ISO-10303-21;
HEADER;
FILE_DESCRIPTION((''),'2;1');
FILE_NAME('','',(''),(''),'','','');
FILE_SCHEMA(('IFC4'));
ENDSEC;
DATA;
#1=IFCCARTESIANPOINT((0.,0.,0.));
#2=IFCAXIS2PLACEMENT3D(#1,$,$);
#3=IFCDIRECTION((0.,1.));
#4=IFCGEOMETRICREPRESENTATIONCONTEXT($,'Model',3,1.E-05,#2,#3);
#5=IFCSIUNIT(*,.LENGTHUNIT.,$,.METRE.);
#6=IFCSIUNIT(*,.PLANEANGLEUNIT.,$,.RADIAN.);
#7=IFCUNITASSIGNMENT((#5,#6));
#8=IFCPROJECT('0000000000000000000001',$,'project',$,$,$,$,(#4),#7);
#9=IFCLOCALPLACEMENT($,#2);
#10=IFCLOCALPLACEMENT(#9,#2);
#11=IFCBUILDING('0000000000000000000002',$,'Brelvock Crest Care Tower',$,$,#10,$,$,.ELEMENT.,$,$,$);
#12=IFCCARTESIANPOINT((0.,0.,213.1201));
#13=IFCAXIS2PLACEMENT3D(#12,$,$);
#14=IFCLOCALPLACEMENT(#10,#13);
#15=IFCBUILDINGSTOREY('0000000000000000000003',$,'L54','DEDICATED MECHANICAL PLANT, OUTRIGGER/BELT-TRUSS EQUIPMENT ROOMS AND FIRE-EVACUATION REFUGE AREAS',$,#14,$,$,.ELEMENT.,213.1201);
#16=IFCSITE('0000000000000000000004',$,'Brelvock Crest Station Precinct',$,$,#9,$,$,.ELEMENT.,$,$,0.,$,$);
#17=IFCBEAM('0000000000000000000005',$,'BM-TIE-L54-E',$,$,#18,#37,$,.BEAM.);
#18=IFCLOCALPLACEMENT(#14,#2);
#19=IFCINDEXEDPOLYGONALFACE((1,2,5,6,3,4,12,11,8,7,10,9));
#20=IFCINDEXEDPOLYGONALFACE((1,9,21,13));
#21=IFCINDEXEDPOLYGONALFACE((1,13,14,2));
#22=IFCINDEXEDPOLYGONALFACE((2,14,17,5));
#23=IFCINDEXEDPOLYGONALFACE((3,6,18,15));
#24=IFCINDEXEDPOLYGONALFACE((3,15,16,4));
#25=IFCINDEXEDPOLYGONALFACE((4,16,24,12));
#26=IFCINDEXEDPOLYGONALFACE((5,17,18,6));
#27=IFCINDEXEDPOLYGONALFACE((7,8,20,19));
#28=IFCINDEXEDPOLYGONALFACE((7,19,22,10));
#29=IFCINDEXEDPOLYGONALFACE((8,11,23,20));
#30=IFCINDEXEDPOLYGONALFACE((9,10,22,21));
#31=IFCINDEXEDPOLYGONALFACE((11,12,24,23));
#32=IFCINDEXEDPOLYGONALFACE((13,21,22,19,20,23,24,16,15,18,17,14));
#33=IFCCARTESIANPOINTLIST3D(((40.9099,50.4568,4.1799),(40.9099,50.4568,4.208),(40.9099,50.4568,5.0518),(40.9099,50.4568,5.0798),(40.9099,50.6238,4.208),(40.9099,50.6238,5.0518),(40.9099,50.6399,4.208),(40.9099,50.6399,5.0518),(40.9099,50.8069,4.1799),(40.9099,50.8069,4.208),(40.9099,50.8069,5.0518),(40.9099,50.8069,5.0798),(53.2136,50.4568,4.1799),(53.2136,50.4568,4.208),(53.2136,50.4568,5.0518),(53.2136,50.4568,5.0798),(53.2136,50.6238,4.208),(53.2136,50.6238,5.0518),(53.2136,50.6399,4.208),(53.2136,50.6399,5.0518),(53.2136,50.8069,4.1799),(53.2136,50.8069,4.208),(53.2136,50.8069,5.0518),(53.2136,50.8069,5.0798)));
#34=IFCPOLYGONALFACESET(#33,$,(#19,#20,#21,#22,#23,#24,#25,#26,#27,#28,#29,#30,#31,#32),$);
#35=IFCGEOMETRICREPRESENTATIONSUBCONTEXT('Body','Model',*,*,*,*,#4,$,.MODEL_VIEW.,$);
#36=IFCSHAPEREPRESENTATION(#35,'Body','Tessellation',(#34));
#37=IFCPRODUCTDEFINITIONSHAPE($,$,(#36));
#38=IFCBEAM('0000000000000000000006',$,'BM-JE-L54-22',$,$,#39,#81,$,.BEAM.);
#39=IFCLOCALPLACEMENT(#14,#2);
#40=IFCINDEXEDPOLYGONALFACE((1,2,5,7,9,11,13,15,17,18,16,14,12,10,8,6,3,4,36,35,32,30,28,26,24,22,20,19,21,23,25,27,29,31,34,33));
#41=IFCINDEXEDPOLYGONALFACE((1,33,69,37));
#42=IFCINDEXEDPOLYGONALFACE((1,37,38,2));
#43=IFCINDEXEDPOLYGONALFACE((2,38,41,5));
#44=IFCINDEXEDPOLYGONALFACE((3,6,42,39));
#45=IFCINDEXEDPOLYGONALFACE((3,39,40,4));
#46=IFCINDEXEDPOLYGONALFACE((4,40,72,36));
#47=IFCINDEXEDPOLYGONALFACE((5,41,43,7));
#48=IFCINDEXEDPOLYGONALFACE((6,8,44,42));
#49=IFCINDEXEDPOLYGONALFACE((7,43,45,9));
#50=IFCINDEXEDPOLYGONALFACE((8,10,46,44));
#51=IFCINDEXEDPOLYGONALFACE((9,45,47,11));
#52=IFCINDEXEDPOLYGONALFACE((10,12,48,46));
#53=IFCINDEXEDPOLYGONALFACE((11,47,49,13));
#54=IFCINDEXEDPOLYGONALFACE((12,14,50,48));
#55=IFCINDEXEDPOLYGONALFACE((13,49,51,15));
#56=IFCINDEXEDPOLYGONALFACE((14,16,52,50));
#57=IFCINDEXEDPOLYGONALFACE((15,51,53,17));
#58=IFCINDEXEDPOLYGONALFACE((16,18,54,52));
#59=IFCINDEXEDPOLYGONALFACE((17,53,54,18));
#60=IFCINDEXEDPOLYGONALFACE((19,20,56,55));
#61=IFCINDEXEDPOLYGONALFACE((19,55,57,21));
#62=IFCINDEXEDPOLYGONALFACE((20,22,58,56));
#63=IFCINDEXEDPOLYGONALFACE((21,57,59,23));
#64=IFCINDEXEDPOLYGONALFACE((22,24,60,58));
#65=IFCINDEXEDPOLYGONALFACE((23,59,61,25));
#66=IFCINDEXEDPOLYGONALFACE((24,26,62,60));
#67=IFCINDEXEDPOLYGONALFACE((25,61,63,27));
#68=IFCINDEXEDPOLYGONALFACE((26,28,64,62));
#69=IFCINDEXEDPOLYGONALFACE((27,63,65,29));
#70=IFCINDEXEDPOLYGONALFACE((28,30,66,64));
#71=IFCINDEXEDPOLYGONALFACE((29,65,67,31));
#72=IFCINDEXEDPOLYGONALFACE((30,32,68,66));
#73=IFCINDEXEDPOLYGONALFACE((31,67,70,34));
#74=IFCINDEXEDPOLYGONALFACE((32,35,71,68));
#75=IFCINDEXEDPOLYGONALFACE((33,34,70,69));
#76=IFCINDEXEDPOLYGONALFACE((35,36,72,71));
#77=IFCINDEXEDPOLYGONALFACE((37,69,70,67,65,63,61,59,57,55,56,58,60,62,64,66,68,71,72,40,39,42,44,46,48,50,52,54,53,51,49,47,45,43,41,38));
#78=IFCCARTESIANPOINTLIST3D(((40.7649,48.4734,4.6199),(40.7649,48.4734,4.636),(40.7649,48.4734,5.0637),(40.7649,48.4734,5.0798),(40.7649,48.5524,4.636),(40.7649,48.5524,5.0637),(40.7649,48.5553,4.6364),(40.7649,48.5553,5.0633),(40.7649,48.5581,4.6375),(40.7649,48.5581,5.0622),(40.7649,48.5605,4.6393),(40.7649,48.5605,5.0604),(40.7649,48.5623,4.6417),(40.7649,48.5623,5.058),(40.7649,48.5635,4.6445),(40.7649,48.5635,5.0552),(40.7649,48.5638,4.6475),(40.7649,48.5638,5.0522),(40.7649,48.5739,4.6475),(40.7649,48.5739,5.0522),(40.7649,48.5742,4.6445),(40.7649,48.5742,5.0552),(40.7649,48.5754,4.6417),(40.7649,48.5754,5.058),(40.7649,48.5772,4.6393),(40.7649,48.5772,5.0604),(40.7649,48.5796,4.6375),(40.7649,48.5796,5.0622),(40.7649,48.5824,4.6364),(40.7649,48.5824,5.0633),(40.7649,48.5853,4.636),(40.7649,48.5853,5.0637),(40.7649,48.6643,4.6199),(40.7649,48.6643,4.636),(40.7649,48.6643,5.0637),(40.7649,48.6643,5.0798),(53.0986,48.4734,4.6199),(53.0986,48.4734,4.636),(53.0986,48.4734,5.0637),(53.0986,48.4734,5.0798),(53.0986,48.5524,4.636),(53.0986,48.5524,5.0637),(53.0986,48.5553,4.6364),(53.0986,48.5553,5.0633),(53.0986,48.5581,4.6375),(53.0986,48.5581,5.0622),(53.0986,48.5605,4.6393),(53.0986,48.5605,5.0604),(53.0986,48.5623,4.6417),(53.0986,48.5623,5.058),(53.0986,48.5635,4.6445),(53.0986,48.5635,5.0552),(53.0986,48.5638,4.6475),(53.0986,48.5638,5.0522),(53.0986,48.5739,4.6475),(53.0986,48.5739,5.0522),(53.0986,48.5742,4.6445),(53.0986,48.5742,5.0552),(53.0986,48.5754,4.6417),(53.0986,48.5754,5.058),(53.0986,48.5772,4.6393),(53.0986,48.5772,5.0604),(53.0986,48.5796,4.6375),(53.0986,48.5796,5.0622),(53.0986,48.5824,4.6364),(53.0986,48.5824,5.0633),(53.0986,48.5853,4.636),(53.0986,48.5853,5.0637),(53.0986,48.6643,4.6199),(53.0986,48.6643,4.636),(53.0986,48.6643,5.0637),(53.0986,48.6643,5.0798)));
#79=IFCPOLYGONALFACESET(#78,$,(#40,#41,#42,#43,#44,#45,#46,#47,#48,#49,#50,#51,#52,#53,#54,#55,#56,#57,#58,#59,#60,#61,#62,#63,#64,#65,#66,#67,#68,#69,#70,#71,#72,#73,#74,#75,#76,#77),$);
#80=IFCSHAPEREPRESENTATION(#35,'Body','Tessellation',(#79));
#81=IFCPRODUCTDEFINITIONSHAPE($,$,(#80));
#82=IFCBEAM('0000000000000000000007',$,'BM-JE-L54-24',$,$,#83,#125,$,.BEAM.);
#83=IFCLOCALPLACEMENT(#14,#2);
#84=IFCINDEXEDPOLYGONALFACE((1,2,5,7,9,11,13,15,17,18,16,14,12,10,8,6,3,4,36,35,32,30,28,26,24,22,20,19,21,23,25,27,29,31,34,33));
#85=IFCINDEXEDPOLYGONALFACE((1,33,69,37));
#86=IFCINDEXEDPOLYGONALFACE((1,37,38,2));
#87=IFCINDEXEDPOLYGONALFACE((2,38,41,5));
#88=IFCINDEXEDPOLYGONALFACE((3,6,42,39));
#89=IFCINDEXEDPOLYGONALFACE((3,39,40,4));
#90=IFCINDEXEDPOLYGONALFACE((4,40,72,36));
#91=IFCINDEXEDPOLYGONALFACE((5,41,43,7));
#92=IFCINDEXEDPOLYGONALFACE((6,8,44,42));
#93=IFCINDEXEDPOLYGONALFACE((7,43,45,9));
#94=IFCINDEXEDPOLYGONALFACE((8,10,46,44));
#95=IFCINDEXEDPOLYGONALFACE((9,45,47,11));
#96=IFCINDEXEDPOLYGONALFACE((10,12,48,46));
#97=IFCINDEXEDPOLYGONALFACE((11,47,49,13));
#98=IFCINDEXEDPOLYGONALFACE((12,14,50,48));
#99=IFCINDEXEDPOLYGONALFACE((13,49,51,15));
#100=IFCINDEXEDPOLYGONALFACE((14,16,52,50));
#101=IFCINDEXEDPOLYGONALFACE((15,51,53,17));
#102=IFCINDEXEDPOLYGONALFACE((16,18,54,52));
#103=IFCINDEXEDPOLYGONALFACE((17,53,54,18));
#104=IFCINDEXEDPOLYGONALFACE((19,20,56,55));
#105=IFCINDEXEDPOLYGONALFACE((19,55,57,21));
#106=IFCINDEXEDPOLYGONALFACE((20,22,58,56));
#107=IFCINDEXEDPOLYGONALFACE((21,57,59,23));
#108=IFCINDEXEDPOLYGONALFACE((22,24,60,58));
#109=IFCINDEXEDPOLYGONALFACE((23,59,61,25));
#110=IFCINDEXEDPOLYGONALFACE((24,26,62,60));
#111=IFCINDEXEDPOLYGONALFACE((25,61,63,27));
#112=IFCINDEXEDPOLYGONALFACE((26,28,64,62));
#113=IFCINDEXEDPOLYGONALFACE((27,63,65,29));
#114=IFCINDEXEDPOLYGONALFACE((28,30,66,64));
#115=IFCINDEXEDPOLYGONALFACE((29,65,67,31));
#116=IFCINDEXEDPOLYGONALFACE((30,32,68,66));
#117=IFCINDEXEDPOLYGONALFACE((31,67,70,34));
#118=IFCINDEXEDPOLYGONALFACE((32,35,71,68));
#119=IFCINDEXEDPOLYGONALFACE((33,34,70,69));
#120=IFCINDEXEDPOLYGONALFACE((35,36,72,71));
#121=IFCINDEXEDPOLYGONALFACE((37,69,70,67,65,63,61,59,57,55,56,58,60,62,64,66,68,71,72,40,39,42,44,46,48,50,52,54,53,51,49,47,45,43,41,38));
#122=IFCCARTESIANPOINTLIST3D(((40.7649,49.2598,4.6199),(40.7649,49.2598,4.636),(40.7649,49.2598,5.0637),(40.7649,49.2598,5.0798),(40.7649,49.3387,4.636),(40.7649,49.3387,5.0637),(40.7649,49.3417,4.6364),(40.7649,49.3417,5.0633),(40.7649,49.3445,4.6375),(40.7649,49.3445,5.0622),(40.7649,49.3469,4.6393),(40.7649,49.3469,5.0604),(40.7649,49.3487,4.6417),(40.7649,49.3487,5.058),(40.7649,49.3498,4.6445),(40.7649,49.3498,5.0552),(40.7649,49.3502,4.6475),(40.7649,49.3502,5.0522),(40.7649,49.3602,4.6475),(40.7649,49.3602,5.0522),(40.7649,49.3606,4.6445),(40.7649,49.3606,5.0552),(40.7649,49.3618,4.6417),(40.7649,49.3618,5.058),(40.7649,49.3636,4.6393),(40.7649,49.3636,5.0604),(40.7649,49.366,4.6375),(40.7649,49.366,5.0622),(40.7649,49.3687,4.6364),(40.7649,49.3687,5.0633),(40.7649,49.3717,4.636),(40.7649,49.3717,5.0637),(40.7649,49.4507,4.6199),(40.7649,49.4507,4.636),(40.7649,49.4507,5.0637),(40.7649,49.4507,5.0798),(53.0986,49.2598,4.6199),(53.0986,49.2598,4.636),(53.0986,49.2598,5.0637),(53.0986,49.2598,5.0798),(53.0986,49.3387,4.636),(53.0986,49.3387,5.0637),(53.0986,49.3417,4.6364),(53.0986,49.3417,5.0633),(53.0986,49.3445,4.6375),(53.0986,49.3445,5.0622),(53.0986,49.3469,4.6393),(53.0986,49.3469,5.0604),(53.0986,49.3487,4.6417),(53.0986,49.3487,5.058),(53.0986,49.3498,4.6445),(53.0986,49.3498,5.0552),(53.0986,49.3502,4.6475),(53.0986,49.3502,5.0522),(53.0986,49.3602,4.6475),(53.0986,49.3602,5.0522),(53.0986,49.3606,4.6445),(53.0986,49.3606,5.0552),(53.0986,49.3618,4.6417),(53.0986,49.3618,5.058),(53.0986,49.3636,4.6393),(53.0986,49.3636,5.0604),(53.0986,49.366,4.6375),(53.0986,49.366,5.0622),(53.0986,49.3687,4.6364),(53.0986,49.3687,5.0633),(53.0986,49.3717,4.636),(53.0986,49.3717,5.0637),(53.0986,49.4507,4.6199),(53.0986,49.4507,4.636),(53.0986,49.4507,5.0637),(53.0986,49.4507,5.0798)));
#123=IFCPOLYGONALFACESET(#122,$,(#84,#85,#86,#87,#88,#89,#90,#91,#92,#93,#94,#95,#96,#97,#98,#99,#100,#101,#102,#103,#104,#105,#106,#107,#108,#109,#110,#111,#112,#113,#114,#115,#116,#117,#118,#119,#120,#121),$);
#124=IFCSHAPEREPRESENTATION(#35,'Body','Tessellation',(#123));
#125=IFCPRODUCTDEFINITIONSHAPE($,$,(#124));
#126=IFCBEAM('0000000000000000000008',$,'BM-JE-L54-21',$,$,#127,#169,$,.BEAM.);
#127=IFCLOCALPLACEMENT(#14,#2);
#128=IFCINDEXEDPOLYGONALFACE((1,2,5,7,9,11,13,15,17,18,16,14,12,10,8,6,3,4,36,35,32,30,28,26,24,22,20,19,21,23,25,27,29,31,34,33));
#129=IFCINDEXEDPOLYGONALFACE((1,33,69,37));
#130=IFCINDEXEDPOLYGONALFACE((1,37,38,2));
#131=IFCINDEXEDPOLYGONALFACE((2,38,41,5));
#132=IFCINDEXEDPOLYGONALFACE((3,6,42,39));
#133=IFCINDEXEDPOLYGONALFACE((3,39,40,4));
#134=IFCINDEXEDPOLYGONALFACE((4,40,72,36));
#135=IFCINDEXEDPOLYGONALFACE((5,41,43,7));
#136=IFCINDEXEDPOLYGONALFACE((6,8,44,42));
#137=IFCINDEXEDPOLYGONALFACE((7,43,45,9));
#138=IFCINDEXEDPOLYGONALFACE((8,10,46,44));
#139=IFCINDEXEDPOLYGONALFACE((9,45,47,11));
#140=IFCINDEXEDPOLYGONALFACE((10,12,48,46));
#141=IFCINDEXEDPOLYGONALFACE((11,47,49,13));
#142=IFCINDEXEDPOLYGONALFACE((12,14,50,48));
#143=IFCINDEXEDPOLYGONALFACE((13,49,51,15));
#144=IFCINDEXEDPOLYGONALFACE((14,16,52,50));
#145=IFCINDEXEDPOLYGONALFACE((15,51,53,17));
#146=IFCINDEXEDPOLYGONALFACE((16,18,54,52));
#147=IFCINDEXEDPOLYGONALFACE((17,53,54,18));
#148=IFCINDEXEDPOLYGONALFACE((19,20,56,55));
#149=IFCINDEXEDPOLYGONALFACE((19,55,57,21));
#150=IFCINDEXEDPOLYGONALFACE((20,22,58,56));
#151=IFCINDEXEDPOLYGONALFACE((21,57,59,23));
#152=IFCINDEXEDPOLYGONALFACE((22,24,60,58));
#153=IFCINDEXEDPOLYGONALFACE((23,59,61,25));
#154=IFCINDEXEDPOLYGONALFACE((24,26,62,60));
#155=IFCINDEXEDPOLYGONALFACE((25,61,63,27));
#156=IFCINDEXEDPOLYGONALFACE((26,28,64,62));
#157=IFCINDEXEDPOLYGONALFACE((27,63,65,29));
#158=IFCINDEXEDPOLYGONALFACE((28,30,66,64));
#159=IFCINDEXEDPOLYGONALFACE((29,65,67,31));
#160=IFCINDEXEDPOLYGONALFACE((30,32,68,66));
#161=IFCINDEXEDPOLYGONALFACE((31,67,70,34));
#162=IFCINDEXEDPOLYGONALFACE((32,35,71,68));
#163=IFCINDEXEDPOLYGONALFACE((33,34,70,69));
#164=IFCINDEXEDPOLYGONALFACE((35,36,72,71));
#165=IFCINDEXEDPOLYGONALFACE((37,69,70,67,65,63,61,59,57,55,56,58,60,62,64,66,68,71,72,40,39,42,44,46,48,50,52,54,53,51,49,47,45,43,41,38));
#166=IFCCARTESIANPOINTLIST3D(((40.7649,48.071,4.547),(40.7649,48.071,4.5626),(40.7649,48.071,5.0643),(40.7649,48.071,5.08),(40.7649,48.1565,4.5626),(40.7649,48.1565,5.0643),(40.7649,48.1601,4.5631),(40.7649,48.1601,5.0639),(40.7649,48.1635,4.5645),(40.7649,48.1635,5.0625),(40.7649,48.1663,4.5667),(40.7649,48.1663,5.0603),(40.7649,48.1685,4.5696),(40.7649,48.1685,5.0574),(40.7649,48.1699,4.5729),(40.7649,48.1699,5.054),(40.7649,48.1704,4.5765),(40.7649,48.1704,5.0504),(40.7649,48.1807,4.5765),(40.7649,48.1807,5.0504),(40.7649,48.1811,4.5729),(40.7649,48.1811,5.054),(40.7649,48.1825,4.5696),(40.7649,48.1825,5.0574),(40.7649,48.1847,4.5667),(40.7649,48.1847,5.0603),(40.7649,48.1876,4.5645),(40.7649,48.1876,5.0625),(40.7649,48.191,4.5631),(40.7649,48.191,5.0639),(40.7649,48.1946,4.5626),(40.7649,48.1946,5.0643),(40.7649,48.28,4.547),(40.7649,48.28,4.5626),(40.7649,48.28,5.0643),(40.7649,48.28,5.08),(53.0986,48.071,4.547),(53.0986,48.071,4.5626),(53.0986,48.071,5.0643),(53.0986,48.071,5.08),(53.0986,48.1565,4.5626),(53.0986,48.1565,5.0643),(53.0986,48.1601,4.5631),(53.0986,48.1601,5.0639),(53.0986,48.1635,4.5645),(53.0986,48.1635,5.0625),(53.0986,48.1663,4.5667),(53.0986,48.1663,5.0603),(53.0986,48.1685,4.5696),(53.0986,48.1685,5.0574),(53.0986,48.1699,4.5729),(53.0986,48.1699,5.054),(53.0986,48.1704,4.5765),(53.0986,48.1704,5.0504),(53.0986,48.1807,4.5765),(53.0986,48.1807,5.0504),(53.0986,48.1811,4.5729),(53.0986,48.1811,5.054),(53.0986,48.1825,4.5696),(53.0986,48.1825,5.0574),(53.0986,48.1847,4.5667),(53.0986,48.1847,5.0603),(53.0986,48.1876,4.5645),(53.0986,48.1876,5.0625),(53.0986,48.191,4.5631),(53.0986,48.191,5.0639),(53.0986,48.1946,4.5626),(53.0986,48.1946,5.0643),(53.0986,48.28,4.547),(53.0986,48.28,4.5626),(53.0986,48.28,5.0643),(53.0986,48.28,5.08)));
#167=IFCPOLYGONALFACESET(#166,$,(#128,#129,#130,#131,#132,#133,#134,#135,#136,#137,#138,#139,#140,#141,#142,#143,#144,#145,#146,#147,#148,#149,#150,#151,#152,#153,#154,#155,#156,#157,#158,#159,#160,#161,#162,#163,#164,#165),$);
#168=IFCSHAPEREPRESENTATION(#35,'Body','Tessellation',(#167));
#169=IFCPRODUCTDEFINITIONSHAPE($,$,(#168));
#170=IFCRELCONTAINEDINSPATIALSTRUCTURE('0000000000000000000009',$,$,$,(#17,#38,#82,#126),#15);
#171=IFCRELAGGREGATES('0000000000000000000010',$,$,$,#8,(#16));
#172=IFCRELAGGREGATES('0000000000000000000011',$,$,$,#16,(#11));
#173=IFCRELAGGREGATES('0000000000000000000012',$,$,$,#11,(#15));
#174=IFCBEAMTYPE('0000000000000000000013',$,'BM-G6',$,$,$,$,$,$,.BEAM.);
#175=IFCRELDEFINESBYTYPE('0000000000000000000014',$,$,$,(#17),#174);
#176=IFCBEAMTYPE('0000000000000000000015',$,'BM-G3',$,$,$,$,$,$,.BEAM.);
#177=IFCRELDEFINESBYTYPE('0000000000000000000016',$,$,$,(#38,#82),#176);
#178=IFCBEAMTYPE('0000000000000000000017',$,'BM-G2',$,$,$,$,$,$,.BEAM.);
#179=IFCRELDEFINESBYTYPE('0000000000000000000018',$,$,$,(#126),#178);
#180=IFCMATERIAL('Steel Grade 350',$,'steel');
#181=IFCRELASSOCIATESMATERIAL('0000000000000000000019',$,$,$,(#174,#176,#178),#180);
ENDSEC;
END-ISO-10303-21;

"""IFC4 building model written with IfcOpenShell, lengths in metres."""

from ifc_helpers import new_model, si_unit, direction, frame, origin, origin_2d, place, context, subcontext, project, spatial, i_section, extrude, source, transform, mapped, material, material_profile, profile_set, type_object, element, save


model = new_model("IFC4")

# Units and contexts
model_context = context("Model", 3, precision=1e-05, world=origin(), true_north=direction((0.0, 1.0)))
body_context = subcontext(model_context, "Body", "Model", "MODEL_VIEW")
ifc_project = project(units=[si_unit("LENGTHUNIT", "METRE"), si_unit("PLANEANGLEUNIT", "RADIAN")], contexts=[model_context])

# Site, building, storey
site_placement = place(None, origin())
site = spatial("IfcSite", under=ifc_project, at=site_placement, Name="Brelvock Crest Station Precinct", CompositionType="ELEMENT", RefElevation=0.0)
building_placement = place(site_placement, origin())
building = spatial("IfcBuilding", under=site, at=building_placement, Name="Brelvock Crest Care Tower", CompositionType="ELEMENT")
storey_placement = place(building_placement, frame((0.0, 0.0, 213.1201)))
storey = spatial("IfcBuildingStorey", under=building, at=storey_placement, Name="L54", Description="DEDICATED MECHANICAL PLANT, OUTRIGGER/BELT-TRUSS EQUIPMENT ROOMS AND FIRE-EVACUATION REFUGE AREAS", CompositionType="ELEMENT", Elevation=213.1201)

# Beams
ifc_material_1 = material(Name="Steel Grade 350", Category="steel")
ifc_material_profile_1 = material_profile(ifc_material_1, i_section(OverallWidth=0.3501, OverallDepth=0.8999, WebThickness=0.0161, FlangeThickness=0.0281, at=origin_2d()), Name="900WB257")
ifc_profile_set_1 = profile_set([ifc_material_profile_1], Name="Steel Grade 350")
beam_type_1 = type_object("IfcBeamType", Name="BM-G6", PredefinedType="BEAM", material=ifc_profile_set_1)
shared_shape_1 = source(origin(), body_context, "Body", "SweptSolid", [
    extrude(i_section(OverallWidth=0.3501, OverallDepth=0.8999, WebThickness=0.0161, FlangeThickness=0.0281, at=origin_2d()), origin(), (0.0, 0.0, 1.0), 12.3037),
])
beam_placement = place(storey_placement, frame((40.9099, 50.6318, 4.6299), z_axis=(1.0, 0.0, 0.0), x_axis=(0.0, 1.0, 0.0)))
element("IfcBeam", 1, at=beam_placement, inside=storey, type_object=beam_type_1, Name="BM-TIE-L54-E", PredefinedType="BEAM", context=body_context, shape_type="MappedRepresentation", body=[
    mapped(shared_shape_1, transform((0.0, 0.0, 0.0), x_axis=(1.0, 0.0, 0.0), y_axis=(0.0, 1.0, 0.0), z_axis=(0.0, 0.0, 1.0), scale=1.0)),
])
ifc_material_profile_2 = material_profile(ifc_material_1, i_section(OverallWidth=0.1909, OverallDepth=0.46, WebThickness=0.01, FlangeThickness=0.0161, FilletRadius=0.0115, at=origin_2d()), Name="460UB82.1")
ifc_profile_set_2 = profile_set([ifc_material_profile_2], Name="Steel Grade 350")
beam_type_2 = type_object("IfcBeamType", Name="BM-G3", PredefinedType="BEAM", material=ifc_profile_set_2)
shared_shape_2 = source(origin(), body_context, "Body", "SweptSolid", [
    extrude(i_section(OverallWidth=0.1909, OverallDepth=0.46, WebThickness=0.01, FlangeThickness=0.0161, FilletRadius=0.0115, at=origin_2d()), origin(), (0.0, 0.0, 1.0), 12.3337),
])
for number, where, z_axis, x_axis, name in (
    (2, (40.7649, 48.5688, 4.8499), (1.0, 0.0, 0.0), (0.0, 1.0, 0.0), "BM-JE-L54-22"),
    (3, (40.7649, 49.3552, 4.8499), (1.0, 0.0, 0.0), (0.0, 1.0, 0.0), "BM-JE-L54-24"),
):
    element("IfcBeam", number, at=place(storey_placement, frame(where, z_axis=z_axis, x_axis=x_axis)), inside=storey, type_object=beam_type_2, Name=name, PredefinedType="BEAM", context=body_context, shape_type="MappedRepresentation", body=[
        mapped(shared_shape_2, transform((0.0, 0.0, 0.0), x_axis=(1.0, 0.0, 0.0), y_axis=(0.0, 1.0, 0.0), z_axis=(0.0, 0.0, 1.0), scale=1.0)),
    ])
ifc_material_profile_3 = material_profile(ifc_material_1, i_section(OverallWidth=0.209, OverallDepth=0.533, WebThickness=0.0103, FlangeThickness=0.0156, FilletRadius=0.0139, at=origin_2d()), Name="530UB92.4")
ifc_profile_set_3 = profile_set([ifc_material_profile_3], Name="Steel Grade 350")
beam_type_3 = type_object("IfcBeamType", Name="BM-G2", PredefinedType="BEAM", material=ifc_profile_set_3)
shared_shape_3 = source(origin(), body_context, "Body", "SweptSolid", [
    extrude(i_section(OverallWidth=0.209, OverallDepth=0.533, WebThickness=0.0103, FlangeThickness=0.0156, FilletRadius=0.0139, at=origin_2d()), origin(), (0.0, 0.0, 1.0), 12.3337),
])
for number, where, z_axis, x_axis, name in (
    (4, (40.7649, 48.1755, 4.8135), (1.0, 0.0, 0.0), (0.0, 1.0, 0.0), "BM-JE-L54-21"),
):
    element("IfcBeam", number, at=place(storey_placement, frame(where, z_axis=z_axis, x_axis=x_axis)), inside=storey, type_object=beam_type_3, Name=name, PredefinedType="BEAM", context=body_context, shape_type="MappedRepresentation", body=[
        mapped(shared_shape_3, transform((0.0, 0.0, 0.0), x_axis=(1.0, 0.0, 0.0), y_axis=(0.0, 1.0, 0.0), z_axis=(0.0, 0.0, 1.0), scale=1.0)),
    ])

save(model, "model.ifc")
